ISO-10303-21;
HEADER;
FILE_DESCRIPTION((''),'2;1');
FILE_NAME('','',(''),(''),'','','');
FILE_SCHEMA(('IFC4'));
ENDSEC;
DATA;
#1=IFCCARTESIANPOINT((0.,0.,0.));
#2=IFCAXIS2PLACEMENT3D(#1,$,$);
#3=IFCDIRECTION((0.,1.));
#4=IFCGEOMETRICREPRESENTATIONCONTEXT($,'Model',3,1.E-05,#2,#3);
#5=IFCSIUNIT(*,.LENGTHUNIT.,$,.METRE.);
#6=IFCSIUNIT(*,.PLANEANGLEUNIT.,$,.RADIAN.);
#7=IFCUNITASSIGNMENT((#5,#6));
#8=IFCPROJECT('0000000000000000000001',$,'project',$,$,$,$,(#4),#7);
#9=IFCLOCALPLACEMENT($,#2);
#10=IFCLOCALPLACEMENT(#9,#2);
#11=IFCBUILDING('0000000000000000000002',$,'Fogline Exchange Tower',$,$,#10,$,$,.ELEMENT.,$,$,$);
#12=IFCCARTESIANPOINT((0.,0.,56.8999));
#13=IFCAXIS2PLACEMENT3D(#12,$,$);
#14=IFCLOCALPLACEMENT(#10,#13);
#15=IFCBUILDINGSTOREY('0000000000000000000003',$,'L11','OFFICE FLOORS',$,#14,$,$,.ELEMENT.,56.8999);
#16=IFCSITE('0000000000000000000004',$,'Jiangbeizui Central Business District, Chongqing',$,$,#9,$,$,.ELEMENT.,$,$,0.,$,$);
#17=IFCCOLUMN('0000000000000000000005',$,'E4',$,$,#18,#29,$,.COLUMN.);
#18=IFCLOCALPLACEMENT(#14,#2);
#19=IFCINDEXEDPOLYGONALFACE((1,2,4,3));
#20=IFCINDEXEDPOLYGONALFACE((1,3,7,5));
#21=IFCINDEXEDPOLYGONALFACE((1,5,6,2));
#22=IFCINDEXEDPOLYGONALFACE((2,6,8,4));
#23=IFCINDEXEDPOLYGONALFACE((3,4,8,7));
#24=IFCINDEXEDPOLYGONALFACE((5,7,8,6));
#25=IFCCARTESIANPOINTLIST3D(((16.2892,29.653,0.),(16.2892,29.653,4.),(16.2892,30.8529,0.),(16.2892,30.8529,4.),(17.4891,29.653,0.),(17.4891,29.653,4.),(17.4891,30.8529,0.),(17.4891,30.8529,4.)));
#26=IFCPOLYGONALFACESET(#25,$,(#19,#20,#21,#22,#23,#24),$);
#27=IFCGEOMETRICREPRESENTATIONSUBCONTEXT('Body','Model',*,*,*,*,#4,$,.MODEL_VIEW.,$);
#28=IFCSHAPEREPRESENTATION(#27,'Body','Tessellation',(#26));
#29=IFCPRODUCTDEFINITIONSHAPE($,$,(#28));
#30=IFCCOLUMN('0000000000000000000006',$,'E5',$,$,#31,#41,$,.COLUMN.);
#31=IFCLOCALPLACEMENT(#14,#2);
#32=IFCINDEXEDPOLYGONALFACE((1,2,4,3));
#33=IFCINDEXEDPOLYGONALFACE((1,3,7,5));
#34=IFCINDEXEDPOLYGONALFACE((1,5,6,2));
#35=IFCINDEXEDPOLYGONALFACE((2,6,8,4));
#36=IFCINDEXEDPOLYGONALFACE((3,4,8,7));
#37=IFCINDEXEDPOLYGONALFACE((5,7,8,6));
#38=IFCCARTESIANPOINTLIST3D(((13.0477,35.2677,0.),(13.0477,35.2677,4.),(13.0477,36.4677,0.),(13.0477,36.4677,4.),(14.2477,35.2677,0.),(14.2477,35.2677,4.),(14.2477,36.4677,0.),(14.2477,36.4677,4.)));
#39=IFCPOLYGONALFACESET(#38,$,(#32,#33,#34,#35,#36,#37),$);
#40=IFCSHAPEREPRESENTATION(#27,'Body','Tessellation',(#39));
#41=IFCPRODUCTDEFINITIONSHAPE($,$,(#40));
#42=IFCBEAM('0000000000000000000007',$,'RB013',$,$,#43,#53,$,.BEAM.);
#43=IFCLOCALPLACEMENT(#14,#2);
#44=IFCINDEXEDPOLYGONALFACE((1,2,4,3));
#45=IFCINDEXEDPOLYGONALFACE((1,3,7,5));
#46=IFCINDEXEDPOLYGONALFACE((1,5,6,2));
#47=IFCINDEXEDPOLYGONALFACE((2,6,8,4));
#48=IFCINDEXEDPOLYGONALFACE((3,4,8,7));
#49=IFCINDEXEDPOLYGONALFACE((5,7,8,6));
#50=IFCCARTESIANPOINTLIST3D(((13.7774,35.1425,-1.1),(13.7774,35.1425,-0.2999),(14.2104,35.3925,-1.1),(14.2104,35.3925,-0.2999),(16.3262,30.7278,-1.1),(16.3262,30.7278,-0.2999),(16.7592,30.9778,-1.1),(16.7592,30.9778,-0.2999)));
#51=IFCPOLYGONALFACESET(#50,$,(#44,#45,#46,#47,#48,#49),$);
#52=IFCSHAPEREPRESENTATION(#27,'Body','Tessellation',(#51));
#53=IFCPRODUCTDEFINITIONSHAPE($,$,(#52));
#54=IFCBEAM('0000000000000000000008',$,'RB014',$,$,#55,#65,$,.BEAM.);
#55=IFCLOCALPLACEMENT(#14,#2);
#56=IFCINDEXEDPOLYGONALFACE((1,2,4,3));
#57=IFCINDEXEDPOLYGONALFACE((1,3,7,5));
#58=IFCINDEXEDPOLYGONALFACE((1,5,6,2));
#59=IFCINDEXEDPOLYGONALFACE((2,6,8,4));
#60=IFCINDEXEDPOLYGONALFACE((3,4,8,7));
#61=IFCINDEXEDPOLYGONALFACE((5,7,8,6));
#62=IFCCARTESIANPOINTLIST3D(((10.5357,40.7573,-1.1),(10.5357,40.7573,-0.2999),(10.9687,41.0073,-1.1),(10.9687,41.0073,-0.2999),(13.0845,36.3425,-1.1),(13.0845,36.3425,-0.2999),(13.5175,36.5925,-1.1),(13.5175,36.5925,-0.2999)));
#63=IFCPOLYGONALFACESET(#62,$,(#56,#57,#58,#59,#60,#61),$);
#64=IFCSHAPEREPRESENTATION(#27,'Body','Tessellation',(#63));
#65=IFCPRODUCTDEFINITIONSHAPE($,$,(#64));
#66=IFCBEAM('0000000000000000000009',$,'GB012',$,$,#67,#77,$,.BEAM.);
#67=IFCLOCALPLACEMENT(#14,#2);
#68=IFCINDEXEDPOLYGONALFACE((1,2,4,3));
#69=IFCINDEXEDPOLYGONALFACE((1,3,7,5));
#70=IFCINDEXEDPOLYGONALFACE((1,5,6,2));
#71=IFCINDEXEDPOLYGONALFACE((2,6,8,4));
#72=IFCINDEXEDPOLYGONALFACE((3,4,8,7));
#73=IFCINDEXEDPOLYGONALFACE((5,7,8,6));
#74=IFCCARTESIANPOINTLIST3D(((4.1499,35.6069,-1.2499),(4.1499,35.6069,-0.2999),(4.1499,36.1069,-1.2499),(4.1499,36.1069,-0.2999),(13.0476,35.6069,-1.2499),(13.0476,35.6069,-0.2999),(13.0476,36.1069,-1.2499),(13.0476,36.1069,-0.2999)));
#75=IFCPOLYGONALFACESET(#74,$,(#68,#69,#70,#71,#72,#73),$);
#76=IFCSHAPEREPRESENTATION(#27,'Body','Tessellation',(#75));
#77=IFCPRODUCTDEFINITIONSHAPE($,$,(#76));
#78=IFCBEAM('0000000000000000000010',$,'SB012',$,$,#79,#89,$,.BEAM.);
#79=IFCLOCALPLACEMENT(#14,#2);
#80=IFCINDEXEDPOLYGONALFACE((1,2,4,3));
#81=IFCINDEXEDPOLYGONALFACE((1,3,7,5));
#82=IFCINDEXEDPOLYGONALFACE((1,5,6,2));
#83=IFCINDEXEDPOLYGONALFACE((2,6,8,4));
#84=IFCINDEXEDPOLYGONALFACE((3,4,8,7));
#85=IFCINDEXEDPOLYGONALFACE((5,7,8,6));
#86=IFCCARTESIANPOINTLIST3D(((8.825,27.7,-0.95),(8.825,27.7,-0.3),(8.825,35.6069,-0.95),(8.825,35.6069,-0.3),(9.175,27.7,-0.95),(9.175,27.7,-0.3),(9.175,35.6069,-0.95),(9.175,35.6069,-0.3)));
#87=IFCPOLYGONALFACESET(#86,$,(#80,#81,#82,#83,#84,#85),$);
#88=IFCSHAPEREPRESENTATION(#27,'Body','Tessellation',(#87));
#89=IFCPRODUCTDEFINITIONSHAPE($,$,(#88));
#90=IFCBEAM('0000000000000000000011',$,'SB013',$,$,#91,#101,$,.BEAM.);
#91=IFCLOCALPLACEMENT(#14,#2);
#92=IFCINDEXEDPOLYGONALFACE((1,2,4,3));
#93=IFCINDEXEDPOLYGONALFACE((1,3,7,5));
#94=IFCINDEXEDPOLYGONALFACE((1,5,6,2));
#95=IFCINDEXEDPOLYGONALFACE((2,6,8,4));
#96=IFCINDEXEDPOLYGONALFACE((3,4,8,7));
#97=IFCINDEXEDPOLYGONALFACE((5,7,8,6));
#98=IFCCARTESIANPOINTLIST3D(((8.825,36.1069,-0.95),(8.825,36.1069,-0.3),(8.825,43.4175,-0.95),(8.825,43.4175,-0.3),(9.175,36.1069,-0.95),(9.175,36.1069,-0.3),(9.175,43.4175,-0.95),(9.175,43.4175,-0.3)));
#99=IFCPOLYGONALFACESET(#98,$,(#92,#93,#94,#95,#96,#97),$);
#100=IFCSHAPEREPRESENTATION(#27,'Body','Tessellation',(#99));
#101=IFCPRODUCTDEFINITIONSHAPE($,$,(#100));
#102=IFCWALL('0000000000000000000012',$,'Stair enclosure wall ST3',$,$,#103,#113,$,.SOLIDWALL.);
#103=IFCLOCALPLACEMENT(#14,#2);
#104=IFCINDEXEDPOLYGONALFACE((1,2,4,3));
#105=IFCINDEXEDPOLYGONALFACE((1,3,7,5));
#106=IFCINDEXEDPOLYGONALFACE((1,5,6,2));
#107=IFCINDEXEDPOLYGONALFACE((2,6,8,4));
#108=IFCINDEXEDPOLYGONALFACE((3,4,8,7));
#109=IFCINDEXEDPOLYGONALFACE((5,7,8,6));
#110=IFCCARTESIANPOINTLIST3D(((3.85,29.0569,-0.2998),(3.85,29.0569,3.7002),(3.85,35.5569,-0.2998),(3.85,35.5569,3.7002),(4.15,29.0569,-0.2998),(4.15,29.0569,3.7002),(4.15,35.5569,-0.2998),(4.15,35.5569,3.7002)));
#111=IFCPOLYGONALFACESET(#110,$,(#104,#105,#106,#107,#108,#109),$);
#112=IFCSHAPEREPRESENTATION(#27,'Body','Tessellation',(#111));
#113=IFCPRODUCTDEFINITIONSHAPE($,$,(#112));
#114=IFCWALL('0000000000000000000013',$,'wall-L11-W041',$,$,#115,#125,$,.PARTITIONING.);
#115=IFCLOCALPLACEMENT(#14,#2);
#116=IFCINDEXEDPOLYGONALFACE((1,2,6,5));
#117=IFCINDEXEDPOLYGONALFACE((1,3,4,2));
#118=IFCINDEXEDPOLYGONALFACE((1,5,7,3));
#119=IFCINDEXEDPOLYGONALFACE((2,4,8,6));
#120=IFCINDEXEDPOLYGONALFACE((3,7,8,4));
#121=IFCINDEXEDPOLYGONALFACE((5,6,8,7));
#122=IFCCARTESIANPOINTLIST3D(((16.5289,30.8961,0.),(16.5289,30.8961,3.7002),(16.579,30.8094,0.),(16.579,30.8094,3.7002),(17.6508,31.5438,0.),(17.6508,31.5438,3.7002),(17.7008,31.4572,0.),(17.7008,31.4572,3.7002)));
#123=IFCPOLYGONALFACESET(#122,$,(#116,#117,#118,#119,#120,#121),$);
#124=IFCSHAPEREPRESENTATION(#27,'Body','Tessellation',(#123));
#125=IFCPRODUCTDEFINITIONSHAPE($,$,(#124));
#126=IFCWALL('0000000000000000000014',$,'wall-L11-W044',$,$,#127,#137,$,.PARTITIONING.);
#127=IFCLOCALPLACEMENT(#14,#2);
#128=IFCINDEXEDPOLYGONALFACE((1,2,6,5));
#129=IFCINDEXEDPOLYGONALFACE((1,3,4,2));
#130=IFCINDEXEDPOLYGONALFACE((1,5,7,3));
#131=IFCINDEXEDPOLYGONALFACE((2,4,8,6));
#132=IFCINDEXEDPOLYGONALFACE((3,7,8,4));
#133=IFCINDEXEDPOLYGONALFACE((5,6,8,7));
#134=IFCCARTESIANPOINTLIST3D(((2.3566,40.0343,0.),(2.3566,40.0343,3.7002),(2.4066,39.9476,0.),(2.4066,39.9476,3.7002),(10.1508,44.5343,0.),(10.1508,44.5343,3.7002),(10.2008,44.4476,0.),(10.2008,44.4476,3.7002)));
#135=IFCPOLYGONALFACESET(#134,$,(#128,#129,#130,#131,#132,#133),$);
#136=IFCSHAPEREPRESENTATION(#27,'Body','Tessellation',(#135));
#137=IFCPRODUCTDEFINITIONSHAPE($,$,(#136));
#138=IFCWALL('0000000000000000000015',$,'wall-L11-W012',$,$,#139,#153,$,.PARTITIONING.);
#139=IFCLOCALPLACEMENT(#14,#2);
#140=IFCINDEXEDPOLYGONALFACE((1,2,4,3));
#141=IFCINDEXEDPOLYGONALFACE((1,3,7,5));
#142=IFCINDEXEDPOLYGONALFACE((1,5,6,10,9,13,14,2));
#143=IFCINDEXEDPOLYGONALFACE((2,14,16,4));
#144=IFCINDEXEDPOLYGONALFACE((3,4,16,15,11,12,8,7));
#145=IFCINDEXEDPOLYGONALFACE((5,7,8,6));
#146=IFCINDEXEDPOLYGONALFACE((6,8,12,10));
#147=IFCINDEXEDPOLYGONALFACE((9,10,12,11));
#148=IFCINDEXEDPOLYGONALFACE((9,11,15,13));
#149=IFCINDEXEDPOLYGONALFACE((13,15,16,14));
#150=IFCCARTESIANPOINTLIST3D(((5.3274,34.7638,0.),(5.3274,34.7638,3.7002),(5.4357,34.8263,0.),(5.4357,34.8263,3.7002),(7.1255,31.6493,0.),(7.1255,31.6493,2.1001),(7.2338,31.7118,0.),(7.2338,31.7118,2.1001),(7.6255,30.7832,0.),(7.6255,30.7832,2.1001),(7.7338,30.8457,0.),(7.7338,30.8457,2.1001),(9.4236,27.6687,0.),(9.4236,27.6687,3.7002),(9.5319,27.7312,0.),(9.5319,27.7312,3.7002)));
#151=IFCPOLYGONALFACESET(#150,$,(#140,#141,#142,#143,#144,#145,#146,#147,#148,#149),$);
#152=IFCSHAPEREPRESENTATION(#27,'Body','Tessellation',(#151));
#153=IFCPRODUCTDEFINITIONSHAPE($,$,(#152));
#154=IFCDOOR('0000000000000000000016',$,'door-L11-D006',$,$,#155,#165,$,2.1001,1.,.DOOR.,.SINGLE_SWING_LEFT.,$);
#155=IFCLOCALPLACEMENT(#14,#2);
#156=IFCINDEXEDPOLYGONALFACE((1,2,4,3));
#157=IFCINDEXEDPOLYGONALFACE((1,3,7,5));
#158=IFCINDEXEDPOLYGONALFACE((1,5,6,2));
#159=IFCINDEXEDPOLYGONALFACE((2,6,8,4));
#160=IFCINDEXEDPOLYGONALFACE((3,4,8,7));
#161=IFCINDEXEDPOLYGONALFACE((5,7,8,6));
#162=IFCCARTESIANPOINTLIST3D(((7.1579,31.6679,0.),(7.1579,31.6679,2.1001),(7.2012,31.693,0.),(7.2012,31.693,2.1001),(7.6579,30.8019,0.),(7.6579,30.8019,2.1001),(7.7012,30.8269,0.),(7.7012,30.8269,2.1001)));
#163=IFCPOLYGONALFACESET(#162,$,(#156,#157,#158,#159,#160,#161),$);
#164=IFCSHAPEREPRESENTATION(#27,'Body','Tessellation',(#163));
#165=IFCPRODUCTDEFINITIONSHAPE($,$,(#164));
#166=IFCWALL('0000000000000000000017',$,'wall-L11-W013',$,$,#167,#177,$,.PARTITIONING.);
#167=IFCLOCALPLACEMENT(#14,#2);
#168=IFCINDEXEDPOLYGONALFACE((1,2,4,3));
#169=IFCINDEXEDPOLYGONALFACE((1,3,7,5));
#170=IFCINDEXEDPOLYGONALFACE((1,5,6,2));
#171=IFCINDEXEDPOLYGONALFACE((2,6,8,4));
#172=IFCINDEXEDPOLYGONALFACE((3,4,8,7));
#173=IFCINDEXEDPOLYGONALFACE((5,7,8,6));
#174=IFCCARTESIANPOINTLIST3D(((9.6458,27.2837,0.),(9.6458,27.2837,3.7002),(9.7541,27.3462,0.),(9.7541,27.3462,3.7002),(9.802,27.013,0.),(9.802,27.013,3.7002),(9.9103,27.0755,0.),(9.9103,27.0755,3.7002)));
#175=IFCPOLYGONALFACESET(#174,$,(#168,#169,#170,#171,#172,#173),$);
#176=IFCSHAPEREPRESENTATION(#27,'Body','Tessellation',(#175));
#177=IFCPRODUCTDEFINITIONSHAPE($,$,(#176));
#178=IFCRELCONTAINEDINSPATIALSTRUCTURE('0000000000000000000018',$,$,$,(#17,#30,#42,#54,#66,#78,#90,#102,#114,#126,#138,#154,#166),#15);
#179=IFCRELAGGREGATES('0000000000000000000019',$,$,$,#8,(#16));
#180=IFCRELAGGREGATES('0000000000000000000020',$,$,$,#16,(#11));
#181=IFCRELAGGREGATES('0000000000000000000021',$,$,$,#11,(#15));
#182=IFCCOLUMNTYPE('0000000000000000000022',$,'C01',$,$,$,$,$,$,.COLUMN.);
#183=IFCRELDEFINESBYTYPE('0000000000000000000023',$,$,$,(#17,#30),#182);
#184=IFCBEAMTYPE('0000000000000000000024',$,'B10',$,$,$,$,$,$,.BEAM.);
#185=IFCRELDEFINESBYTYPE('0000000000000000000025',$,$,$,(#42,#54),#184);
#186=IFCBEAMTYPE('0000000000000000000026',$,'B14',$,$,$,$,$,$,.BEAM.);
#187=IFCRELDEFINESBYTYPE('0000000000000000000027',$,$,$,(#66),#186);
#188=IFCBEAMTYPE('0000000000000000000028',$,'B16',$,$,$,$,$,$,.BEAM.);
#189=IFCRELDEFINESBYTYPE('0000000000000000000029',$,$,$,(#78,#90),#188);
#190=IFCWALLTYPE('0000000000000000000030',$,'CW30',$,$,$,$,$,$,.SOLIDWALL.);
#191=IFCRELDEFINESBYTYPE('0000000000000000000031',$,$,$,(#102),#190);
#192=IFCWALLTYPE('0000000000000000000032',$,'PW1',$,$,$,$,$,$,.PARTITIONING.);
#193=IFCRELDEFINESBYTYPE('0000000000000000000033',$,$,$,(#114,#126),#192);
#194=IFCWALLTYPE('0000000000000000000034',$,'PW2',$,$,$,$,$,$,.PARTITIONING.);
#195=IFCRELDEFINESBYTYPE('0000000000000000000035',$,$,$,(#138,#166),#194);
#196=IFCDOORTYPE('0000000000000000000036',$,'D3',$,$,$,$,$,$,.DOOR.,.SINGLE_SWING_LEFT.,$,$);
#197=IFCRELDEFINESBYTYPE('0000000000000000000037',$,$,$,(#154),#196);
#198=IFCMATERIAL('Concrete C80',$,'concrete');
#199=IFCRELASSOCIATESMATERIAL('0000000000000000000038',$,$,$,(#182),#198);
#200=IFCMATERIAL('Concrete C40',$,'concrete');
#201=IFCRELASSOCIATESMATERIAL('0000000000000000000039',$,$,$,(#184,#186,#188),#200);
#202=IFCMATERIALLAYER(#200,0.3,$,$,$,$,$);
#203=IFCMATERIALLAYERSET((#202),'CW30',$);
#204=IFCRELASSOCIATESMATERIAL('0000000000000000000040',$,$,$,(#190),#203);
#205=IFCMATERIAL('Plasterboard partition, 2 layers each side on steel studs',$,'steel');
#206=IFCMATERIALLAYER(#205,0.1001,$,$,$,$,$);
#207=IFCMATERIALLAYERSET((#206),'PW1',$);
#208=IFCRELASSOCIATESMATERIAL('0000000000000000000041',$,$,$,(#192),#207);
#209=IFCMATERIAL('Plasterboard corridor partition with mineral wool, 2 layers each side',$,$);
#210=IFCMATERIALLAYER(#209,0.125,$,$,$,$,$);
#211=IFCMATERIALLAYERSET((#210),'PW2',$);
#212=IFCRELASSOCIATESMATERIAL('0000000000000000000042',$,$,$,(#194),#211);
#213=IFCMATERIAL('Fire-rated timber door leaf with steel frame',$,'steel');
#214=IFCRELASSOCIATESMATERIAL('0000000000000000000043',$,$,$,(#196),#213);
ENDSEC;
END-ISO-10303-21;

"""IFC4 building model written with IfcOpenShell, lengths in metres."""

from ifc_helpers import new_model, si_unit, direction, frame, frame_2d, origin, origin_2d, place, context, subcontext, project, spatial, rectangle, extrude, material, layer, layer_set, material_profile, profile_set, type_object, element, fill, save


model = new_model("IFC4")

# Units and contexts
model_context = context("Model", 3, precision=1e-05, world=origin(), true_north=direction((0.0, 1.0)))
body_context = subcontext(model_context, "Body", "Model", "MODEL_VIEW")
ifc_project = project(units=[si_unit("LENGTHUNIT", "METRE"), si_unit("PLANEANGLEUNIT", "RADIAN")], contexts=[model_context])

# Site, building, storey
site_placement = place(None, origin())
site = spatial("IfcSite", under=ifc_project, at=site_placement, Name="Jiangbeizui Central Business District, Chongqing", CompositionType="ELEMENT", RefElevation=0.0)
building_placement = place(site_placement, origin())
building = spatial("IfcBuilding", under=site, at=building_placement, Name="Fogline Exchange Tower", CompositionType="ELEMENT")
storey_placement = place(building_placement, frame((0.0, 0.0, 56.8999)))
storey = spatial("IfcBuildingStorey", under=building, at=storey_placement, Name="L11", Description="OFFICE FLOORS", CompositionType="ELEMENT", Elevation=56.8999)

# Columns
ifc_material_1 = material(Name="Concrete C80", Category="concrete")
ifc_material_profile_1 = material_profile(ifc_material_1, rectangle(XDim=1.2, YDim=1.2, at=origin_2d()), Name="RC 1200x1200")
ifc_profile_set_1 = profile_set([ifc_material_profile_1], Name="Concrete C80")
column_type = type_object("IfcColumnType", Name="C01", PredefinedType="COLUMN", material=ifc_profile_set_1)
for number, where, z_axis, x_axis, name in (
    (1, (16.8892, 30.2529, 0.0), (0.0, 0.0, 1.0), (1.0, 0.0, 0.0), "E4"),
    (2, (13.6477, 35.8677, 0.0), (0.0, 0.0, 1.0), (1.0, 0.0, 0.0), "E5"),
):
    element("IfcColumn", number, at=place(storey_placement, frame(where, z_axis=z_axis, x_axis=x_axis)), inside=storey, type_object=column_type, Name=name, PredefinedType="COLUMN", context=body_context, shape_type="SweptSolid", body=[
        extrude(rectangle(XDim=1.2, YDim=1.2, at=origin_2d()), origin(), (0.0, 0.0, 1.0), 4.0),
    ])

# Beams
ifc_material_2 = material(Name="Concrete C40", Category="concrete")
ifc_material_profile_2 = material_profile(ifc_material_2, rectangle(XDim=0.5, YDim=0.8, at=origin_2d()), Name="RC 500x800")
ifc_profile_set_2 = profile_set([ifc_material_profile_2], Name="Concrete C40")
beam_type_1 = type_object("IfcBeamType", Name="B10", PredefinedType="BEAM", material=ifc_profile_set_2)
for number, where, z_axis, x_axis, name in (
    (3, (16.5427, 30.8528, -0.7), (-0.499992, 0.86603, 0.0), (-0.86603, -0.499992, 0.0), "RB013"),
    (4, (13.301, 36.4675, -0.7), (-0.499992, 0.86603, 0.0), (-0.86603, -0.499992, 0.0), "RB014"),
):
    element("IfcBeam", number, at=place(storey_placement, frame(where, z_axis=z_axis, x_axis=x_axis)), inside=storey, type_object=beam_type_1, Name=name, PredefinedType="BEAM", context=body_context, shape_type="SweptSolid", body=[
        extrude(rectangle(XDim=0.5, YDim=0.8, at=origin_2d()), origin(), (0.0, 0.0, 1.0), 5.0977),
    ])
ifc_material_profile_3 = material_profile(ifc_material_2, rectangle(XDim=0.5, YDim=0.95, at=origin_2d()), Name="RC 500x950")
ifc_profile_set_3 = profile_set([ifc_material_profile_3], Name="Concrete C40")
beam_type_2 = type_object("IfcBeamType", Name="B14", PredefinedType="BEAM", material=ifc_profile_set_3)
beam_1_placement = place(storey_placement, frame((4.1499, 35.8569, -0.7749), z_axis=(1.0, 0.0, 0.0), x_axis=(0.0, 1.0, 0.0)))
element("IfcBeam", 5, at=beam_1_placement, inside=storey, type_object=beam_type_2, Name="GB012", PredefinedType="BEAM", context=body_context, shape_type="SweptSolid", body=[
    extrude(rectangle(XDim=0.5, YDim=0.95, at=origin_2d()), origin(), (0.0, 0.0, 1.0), 8.8977),
])
ifc_material_profile_4 = material_profile(ifc_material_2, rectangle(XDim=0.3501, YDim=0.6499, at=origin_2d()), Name="RC 350x650")
ifc_profile_set_4 = profile_set([ifc_material_profile_4], Name="Concrete C40")
beam_type_3 = type_object("IfcBeamType", Name="B16", PredefinedType="BEAM", material=ifc_profile_set_4)
beam_2_placement = place(storey_placement, frame((9.0, 27.7, -0.625), z_axis=(0.0, 1.0, 0.0), x_axis=(-1.0, 0.0, 0.0)))
element("IfcBeam", 6, at=beam_2_placement, inside=storey, type_object=beam_type_3, Name="SB012", PredefinedType="BEAM", context=body_context, shape_type="SweptSolid", body=[
    extrude(rectangle(XDim=0.3501, YDim=0.6499, at=origin_2d()), origin(), (0.0, 0.0, 1.0), 7.907),
])
beam_3_placement = place(storey_placement, frame((9.0, 36.1069, -0.625), z_axis=(0.0, 1.0, 0.0), x_axis=(-1.0, 0.0, 0.0)))
element("IfcBeam", 7, at=beam_3_placement, inside=storey, type_object=beam_type_3, Name="SB013", PredefinedType="BEAM", context=body_context, shape_type="SweptSolid", body=[
    extrude(rectangle(XDim=0.3501, YDim=0.6499, at=origin_2d()), origin(), (0.0, 0.0, 1.0), 7.3105),
])

# Walls
ifc_layer_1 = layer(ifc_material_2, 0.3)
ifc_layer_set_1 = layer_set([ifc_layer_1], Name="CW30")
wall_type_1 = type_object("IfcWallType", Name="CW30", PredefinedType="SOLIDWALL", material=ifc_layer_set_1)
wall_1_placement = place(storey_placement, frame((4.0, 29.0569, -0.2998), z_axis=(0.0, 0.0, 1.0), x_axis=(0.0, 1.0, 0.0)))
element("IfcWall", 8, at=wall_1_placement, inside=storey, type_object=wall_type_1, Name="Stair enclosure wall ST3", PredefinedType="SOLIDWALL", context=body_context, shape_type="SweptSolid", body=[
    extrude(rectangle(XDim=6.5, YDim=0.3, at=frame_2d((3.25, 0.0))), origin(), (0.0, 0.0, 1.0), 4.0),
])
ifc_material_3 = material(Name="Plasterboard partition, 2 layers each side on steel studs", Category="steel")
ifc_layer_2 = layer(ifc_material_3, 0.1001)
ifc_layer_set_2 = layer_set([ifc_layer_2], Name="PW1")
wall_type_2 = type_object("IfcWallType", Name="PW1", PredefinedType="PARTITIONING", material=ifc_layer_set_2)
wall_2_placement = place(storey_placement, frame((16.554, 30.8528, 0.0), z_axis=(0.0, 0.0, 1.0), x_axis=(0.866019, 0.500011, 0.0)))
element("IfcWall", 9, at=wall_2_placement, inside=storey, type_object=wall_type_2, Name="wall-L11-W041", PredefinedType="PARTITIONING", context=body_context, shape_type="SweptSolid", body=[
    extrude(rectangle(XDim=1.2954, YDim=0.1001, at=frame_2d((0.6477, 0.0))), origin(), (0.0, 0.0, 1.0), 3.7002),
])
wall_3_placement = place(storey_placement, frame((2.3816, 39.991, 0.0), z_axis=(0.0, 0.0, 1.0), x_axis=(0.866024, 0.500002, 0.0)))
element("IfcWall", 10, at=wall_3_placement, inside=storey, type_object=wall_type_2, Name="wall-L11-W044", PredefinedType="PARTITIONING", context=body_context, shape_type="SweptSolid", body=[
    extrude(rectangle(XDim=9.0, YDim=0.1001, at=frame_2d((4.5, 0.0))), origin(), (0.0, 0.0, 1.0), 3.7002),
])

# Wall, opening, door
ifc_material_4 = material(Name="Plasterboard corridor partition with mineral wool, 2 layers each side")
ifc_layer_3 = layer(ifc_material_4, 0.125)
ifc_layer_set_3 = layer_set([ifc_layer_3], Name="PW2")
wall_type_3 = type_object("IfcWallType", Name="PW2", PredefinedType="PARTITIONING", material=ifc_layer_set_3)
wall_4_placement = place(storey_placement, frame((5.3816, 34.7949, 0.0), z_axis=(0.0, 0.0, 1.0), x_axis=(0.499992, -0.86603, 0.0)))
wall_4 = element("IfcWall", 11, at=wall_4_placement, inside=storey, type_object=wall_type_3, Name="wall-L11-W012", PredefinedType="PARTITIONING", context=body_context, shape_type="SweptSolid", body=[
    extrude(rectangle(XDim=8.1926, YDim=0.125, at=frame_2d((4.0962, 0.0))), origin(), (0.0, 0.0, 1.0), 3.7002),
])
opening_1_placement = place(wall_4_placement, frame((3.5962, 0.0, 0.0)))
opening_1 = element("IfcOpeningElement", 12, at=opening_1_placement, cuts=wall_4, PredefinedType="OPENING", context=body_context, shape_type="SweptSolid", body=[
    extrude(rectangle(XDim=1.0, YDim=2.1001, at=frame_2d((0.5, 1.05))), frame((0.0, 0.0725, 0.0), z_axis=(0.0, -1.0, 0.0), x_axis=(1.0, 0.0, 0.0)), (0.0, 0.0, 1.0), 0.145),
])
ifc_material_5 = material(Name="Fire-rated timber door leaf with steel frame", Category="steel")
door_type = type_object("IfcDoorType", Name="D3", OperationType="SINGLE_SWING_LEFT", PredefinedType="DOOR", material=ifc_material_5)
door_1_placement = place(opening_1_placement, origin())
door_1 = element("IfcDoor", 13, at=door_1_placement, inside=storey, type_object=door_type, Name="door-L11-D006", OperationType="SINGLE_SWING_LEFT", OverallHeight=2.1001, OverallWidth=1.0, PredefinedType="DOOR", context=body_context, shape_type="SweptSolid", body=[
    extrude(rectangle(XDim=1.0, YDim=2.1001, at=frame_2d((0.5, 1.05))), frame((0.0, 0.0249, 0.0), z_axis=(0.0, -1.0, 0.0), x_axis=(1.0, 0.0, 0.0)), (0.0, 0.0, 1.0), 0.05),
])
fill(opening_1, door_1)

# Wall
wall_5_placement = place(storey_placement, frame((9.7, 27.3149, 0.0), z_axis=(0.0, 0.0, 1.0), x_axis=(0.499835, -0.866121, 0.0)))
element("IfcWall", 14, at=wall_5_placement, inside=storey, type_object=wall_type_3, Name="wall-L11-W013", PredefinedType="PARTITIONING", context=body_context, shape_type="SweptSolid", body=[
    extrude(rectangle(XDim=0.3125, YDim=0.125, at=frame_2d((0.1562, 0.0))), origin(), (0.0, 0.0, 1.0), 3.7002),
])

save(model, "model.ifc")
